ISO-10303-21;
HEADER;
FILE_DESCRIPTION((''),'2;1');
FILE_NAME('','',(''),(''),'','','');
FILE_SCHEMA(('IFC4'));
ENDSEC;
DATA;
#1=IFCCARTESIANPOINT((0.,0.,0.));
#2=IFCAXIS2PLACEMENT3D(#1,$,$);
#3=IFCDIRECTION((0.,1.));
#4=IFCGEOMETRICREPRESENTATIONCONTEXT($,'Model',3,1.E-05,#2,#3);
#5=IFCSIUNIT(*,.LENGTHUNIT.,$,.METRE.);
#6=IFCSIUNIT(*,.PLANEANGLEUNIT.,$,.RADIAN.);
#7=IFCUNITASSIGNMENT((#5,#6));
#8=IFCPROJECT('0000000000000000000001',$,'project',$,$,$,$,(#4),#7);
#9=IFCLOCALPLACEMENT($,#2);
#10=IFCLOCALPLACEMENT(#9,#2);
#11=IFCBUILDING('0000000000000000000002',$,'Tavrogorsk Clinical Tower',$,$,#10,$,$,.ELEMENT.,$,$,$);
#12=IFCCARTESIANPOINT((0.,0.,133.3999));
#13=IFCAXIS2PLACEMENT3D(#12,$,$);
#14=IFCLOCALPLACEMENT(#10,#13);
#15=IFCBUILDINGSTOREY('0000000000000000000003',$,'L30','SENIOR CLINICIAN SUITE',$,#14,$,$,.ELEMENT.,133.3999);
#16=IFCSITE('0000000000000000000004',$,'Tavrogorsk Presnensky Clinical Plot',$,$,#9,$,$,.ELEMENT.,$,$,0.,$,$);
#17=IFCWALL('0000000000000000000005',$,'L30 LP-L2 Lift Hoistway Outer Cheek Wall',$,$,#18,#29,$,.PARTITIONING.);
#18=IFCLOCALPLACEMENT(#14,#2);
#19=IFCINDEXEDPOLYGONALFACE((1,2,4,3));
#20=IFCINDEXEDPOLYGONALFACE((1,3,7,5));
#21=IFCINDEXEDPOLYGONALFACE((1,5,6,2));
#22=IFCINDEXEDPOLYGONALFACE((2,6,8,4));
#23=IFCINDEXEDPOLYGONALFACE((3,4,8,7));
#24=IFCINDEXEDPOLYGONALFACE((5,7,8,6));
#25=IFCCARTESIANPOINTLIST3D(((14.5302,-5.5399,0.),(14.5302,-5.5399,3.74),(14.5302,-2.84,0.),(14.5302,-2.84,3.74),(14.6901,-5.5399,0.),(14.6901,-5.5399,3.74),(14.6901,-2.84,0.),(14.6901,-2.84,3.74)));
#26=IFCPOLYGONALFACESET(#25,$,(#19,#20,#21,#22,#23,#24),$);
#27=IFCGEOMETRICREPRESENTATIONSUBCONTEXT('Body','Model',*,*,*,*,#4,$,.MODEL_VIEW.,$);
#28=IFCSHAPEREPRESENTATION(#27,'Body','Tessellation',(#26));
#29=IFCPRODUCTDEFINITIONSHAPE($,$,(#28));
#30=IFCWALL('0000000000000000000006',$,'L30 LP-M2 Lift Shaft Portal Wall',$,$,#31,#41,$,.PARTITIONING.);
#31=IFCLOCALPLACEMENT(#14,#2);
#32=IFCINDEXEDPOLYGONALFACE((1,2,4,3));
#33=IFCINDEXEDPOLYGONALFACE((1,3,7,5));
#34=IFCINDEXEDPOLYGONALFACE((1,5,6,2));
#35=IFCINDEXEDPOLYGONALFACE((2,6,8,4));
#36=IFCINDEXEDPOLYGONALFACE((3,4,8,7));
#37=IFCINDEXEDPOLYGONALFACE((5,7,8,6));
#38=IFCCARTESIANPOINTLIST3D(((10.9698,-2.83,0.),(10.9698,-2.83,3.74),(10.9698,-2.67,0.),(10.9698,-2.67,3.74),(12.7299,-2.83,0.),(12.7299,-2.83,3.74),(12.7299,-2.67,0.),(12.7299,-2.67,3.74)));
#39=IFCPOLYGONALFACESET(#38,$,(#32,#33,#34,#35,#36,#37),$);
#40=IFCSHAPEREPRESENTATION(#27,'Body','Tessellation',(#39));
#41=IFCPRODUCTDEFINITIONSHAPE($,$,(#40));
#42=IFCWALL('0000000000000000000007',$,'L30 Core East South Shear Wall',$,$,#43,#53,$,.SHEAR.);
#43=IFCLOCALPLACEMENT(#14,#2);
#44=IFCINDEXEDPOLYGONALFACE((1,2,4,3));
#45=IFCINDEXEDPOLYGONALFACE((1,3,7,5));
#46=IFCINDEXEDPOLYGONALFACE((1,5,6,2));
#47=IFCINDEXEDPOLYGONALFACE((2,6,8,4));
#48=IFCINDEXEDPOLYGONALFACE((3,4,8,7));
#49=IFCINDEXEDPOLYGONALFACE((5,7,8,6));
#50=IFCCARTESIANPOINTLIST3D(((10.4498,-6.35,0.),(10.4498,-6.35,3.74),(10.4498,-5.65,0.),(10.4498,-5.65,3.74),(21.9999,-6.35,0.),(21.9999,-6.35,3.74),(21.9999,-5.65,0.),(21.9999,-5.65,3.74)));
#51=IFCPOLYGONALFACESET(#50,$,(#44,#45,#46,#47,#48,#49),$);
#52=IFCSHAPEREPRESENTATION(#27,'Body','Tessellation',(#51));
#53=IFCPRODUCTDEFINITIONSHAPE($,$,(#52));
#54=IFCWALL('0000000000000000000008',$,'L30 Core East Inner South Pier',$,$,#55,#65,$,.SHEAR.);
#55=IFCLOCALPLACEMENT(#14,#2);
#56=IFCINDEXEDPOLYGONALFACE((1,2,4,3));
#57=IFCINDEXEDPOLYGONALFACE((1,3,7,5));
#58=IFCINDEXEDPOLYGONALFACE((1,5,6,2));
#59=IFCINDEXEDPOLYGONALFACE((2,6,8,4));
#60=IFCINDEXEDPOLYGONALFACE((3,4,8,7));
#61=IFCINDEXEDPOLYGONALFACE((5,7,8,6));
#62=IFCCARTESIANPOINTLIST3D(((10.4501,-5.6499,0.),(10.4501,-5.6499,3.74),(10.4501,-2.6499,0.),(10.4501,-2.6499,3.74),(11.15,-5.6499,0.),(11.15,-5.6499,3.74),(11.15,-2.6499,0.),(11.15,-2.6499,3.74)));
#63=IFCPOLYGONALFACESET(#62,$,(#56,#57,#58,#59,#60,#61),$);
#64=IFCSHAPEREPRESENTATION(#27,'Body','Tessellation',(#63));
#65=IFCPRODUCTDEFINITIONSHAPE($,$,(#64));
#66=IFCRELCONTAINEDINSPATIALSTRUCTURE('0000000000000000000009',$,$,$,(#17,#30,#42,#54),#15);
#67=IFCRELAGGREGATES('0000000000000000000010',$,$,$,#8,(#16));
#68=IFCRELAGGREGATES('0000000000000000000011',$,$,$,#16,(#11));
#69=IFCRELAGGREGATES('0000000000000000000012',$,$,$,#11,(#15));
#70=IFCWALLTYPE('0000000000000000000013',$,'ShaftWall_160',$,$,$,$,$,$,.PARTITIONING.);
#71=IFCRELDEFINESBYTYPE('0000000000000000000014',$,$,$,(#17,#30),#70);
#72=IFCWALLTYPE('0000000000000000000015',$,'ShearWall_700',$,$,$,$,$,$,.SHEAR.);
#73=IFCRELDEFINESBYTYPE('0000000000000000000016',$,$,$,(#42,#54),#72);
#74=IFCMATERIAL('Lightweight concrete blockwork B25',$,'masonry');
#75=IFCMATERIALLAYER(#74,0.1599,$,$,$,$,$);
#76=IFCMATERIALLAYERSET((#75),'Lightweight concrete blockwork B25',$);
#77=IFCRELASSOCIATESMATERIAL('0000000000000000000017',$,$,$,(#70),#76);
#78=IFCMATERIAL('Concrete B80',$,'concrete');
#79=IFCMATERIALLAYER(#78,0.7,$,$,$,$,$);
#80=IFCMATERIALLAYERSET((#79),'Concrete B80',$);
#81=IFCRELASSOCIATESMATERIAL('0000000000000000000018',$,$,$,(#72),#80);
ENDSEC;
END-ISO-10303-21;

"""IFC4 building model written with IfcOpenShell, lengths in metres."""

from ifc_helpers import new_model, si_unit, direction, frame, frame_2d, origin, place, context, subcontext, project, spatial, rectangle, extrude, material, layer, layer_set, type_object, element, save


model = new_model("IFC4")

# Units and contexts
model_context = context("Model", 3, precision=1e-05, world=origin(), true_north=direction((0.0, 1.0)))
body_context = subcontext(model_context, "Body", "Model", "MODEL_VIEW")
ifc_project = project(units=[si_unit("LENGTHUNIT", "METRE"), si_unit("PLANEANGLEUNIT", "RADIAN")], contexts=[model_context])

# Site, building, storey
site_placement = place(None, origin())
site = spatial("IfcSite", under=ifc_project, at=site_placement, Name="Tavrogorsk Presnensky Clinical Plot", CompositionType="ELEMENT", RefElevation=0.0)
building_placement = place(site_placement, origin())
building = spatial("IfcBuilding", under=site, at=building_placement, Name="Tavrogorsk Clinical Tower", CompositionType="ELEMENT")
storey_placement = place(building_placement, frame((0.0, 0.0, 133.3999)))
storey = spatial("IfcBuildingStorey", under=building, at=storey_placement, Name="L30", Description="SENIOR CLINICIAN SUITE", CompositionType="ELEMENT", Elevation=133.3999)

# Shared definitions
ifc_material_1 = material(Name="Lightweight concrete blockwork B25", Category="masonry")
ifc_layer_1 = layer(ifc_material_1, 0.1599)
ifc_layer_set_1 = layer_set([ifc_layer_1], Name="Lightweight concrete blockwork B25")
wall_type_1 = type_object("IfcWallType", Name="ShaftWall_160", PredefinedType="PARTITIONING", material=ifc_layer_set_1)

# Walls
for number, where, z_axis, x_axis, name in (
    (1, (14.6101, -5.54, 0.0), (0.0, 0.0, 1.0), (0.0, 1.0, 0.0), "L30 LP-L2 Lift Hoistway Outer Cheek Wall"),
):
    element("IfcWall", number, at=place(storey_placement, frame(where, z_axis=z_axis, x_axis=x_axis)), inside=storey, type_object=wall_type_1, Name=name, PredefinedType="PARTITIONING", context=body_context, shape_type="SweptSolid", body=[
        extrude(rectangle(XDim=2.7, YDim=0.1599, at=frame_2d((1.3501, 0.0))), origin(), (0.0, 0.0, 1.0), 3.74),
    ])
wall_1_placement = place(storey_placement, frame((10.97, -2.75, 0.0), z_axis=(0.0, 0.0, 1.0), x_axis=(1.0, 0.0, 0.0)))
element("IfcWall", 2, at=wall_1_placement, inside=storey, type_object=wall_type_1, Name="L30 LP-M2 Lift Shaft Portal Wall", PredefinedType="PARTITIONING", context=body_context, shape_type="SweptSolid", body=[
    extrude(rectangle(XDim=1.76, YDim=0.1599, at=frame_2d((0.8799, 0.0))), origin(), (0.0, 0.0, 1.0), 3.74),
])
ifc_material_2 = material(Name="Concrete B80", Category="concrete")
ifc_layer_2 = layer(ifc_material_2, 0.7)
ifc_layer_set_2 = layer_set([ifc_layer_2], Name="Concrete B80")
wall_type_2 = type_object("IfcWallType", Name="ShearWall_700", PredefinedType="SHEAR", material=ifc_layer_set_2)
wall_2_placement = place(storey_placement, frame((10.45, -6.0, 0.0), z_axis=(0.0, 0.0, 1.0), x_axis=(1.0, 0.0, 0.0)))
element("IfcWall", 3, at=wall_2_placement, inside=storey, type_object=wall_type_2, Name="L30 Core East South Shear Wall", PredefinedType="SHEAR", context=body_context, shape_type="SweptSolid", body=[
    extrude(rectangle(XDim=11.55, YDim=0.7, at=frame_2d((5.7749, 0.0))), origin(), (0.0, 0.0, 1.0), 3.74),
])
wall_3_placement = place(storey_placement, frame((10.8, -5.6499, 0.0), z_axis=(0.0, 0.0, 1.0), x_axis=(0.0, 1.0, 0.0)))
element("IfcWall", 4, at=wall_3_placement, inside=storey, type_object=wall_type_2, Name="L30 Core East Inner South Pier", PredefinedType="SHEAR", context=body_context, shape_type="SweptSolid", body=[
    extrude(rectangle(XDim=3.0, YDim=0.7, at=frame_2d((1.5, 0.0))), origin(), (0.0, 0.0, 1.0), 3.74),
])

save(model, "model.ifc")
